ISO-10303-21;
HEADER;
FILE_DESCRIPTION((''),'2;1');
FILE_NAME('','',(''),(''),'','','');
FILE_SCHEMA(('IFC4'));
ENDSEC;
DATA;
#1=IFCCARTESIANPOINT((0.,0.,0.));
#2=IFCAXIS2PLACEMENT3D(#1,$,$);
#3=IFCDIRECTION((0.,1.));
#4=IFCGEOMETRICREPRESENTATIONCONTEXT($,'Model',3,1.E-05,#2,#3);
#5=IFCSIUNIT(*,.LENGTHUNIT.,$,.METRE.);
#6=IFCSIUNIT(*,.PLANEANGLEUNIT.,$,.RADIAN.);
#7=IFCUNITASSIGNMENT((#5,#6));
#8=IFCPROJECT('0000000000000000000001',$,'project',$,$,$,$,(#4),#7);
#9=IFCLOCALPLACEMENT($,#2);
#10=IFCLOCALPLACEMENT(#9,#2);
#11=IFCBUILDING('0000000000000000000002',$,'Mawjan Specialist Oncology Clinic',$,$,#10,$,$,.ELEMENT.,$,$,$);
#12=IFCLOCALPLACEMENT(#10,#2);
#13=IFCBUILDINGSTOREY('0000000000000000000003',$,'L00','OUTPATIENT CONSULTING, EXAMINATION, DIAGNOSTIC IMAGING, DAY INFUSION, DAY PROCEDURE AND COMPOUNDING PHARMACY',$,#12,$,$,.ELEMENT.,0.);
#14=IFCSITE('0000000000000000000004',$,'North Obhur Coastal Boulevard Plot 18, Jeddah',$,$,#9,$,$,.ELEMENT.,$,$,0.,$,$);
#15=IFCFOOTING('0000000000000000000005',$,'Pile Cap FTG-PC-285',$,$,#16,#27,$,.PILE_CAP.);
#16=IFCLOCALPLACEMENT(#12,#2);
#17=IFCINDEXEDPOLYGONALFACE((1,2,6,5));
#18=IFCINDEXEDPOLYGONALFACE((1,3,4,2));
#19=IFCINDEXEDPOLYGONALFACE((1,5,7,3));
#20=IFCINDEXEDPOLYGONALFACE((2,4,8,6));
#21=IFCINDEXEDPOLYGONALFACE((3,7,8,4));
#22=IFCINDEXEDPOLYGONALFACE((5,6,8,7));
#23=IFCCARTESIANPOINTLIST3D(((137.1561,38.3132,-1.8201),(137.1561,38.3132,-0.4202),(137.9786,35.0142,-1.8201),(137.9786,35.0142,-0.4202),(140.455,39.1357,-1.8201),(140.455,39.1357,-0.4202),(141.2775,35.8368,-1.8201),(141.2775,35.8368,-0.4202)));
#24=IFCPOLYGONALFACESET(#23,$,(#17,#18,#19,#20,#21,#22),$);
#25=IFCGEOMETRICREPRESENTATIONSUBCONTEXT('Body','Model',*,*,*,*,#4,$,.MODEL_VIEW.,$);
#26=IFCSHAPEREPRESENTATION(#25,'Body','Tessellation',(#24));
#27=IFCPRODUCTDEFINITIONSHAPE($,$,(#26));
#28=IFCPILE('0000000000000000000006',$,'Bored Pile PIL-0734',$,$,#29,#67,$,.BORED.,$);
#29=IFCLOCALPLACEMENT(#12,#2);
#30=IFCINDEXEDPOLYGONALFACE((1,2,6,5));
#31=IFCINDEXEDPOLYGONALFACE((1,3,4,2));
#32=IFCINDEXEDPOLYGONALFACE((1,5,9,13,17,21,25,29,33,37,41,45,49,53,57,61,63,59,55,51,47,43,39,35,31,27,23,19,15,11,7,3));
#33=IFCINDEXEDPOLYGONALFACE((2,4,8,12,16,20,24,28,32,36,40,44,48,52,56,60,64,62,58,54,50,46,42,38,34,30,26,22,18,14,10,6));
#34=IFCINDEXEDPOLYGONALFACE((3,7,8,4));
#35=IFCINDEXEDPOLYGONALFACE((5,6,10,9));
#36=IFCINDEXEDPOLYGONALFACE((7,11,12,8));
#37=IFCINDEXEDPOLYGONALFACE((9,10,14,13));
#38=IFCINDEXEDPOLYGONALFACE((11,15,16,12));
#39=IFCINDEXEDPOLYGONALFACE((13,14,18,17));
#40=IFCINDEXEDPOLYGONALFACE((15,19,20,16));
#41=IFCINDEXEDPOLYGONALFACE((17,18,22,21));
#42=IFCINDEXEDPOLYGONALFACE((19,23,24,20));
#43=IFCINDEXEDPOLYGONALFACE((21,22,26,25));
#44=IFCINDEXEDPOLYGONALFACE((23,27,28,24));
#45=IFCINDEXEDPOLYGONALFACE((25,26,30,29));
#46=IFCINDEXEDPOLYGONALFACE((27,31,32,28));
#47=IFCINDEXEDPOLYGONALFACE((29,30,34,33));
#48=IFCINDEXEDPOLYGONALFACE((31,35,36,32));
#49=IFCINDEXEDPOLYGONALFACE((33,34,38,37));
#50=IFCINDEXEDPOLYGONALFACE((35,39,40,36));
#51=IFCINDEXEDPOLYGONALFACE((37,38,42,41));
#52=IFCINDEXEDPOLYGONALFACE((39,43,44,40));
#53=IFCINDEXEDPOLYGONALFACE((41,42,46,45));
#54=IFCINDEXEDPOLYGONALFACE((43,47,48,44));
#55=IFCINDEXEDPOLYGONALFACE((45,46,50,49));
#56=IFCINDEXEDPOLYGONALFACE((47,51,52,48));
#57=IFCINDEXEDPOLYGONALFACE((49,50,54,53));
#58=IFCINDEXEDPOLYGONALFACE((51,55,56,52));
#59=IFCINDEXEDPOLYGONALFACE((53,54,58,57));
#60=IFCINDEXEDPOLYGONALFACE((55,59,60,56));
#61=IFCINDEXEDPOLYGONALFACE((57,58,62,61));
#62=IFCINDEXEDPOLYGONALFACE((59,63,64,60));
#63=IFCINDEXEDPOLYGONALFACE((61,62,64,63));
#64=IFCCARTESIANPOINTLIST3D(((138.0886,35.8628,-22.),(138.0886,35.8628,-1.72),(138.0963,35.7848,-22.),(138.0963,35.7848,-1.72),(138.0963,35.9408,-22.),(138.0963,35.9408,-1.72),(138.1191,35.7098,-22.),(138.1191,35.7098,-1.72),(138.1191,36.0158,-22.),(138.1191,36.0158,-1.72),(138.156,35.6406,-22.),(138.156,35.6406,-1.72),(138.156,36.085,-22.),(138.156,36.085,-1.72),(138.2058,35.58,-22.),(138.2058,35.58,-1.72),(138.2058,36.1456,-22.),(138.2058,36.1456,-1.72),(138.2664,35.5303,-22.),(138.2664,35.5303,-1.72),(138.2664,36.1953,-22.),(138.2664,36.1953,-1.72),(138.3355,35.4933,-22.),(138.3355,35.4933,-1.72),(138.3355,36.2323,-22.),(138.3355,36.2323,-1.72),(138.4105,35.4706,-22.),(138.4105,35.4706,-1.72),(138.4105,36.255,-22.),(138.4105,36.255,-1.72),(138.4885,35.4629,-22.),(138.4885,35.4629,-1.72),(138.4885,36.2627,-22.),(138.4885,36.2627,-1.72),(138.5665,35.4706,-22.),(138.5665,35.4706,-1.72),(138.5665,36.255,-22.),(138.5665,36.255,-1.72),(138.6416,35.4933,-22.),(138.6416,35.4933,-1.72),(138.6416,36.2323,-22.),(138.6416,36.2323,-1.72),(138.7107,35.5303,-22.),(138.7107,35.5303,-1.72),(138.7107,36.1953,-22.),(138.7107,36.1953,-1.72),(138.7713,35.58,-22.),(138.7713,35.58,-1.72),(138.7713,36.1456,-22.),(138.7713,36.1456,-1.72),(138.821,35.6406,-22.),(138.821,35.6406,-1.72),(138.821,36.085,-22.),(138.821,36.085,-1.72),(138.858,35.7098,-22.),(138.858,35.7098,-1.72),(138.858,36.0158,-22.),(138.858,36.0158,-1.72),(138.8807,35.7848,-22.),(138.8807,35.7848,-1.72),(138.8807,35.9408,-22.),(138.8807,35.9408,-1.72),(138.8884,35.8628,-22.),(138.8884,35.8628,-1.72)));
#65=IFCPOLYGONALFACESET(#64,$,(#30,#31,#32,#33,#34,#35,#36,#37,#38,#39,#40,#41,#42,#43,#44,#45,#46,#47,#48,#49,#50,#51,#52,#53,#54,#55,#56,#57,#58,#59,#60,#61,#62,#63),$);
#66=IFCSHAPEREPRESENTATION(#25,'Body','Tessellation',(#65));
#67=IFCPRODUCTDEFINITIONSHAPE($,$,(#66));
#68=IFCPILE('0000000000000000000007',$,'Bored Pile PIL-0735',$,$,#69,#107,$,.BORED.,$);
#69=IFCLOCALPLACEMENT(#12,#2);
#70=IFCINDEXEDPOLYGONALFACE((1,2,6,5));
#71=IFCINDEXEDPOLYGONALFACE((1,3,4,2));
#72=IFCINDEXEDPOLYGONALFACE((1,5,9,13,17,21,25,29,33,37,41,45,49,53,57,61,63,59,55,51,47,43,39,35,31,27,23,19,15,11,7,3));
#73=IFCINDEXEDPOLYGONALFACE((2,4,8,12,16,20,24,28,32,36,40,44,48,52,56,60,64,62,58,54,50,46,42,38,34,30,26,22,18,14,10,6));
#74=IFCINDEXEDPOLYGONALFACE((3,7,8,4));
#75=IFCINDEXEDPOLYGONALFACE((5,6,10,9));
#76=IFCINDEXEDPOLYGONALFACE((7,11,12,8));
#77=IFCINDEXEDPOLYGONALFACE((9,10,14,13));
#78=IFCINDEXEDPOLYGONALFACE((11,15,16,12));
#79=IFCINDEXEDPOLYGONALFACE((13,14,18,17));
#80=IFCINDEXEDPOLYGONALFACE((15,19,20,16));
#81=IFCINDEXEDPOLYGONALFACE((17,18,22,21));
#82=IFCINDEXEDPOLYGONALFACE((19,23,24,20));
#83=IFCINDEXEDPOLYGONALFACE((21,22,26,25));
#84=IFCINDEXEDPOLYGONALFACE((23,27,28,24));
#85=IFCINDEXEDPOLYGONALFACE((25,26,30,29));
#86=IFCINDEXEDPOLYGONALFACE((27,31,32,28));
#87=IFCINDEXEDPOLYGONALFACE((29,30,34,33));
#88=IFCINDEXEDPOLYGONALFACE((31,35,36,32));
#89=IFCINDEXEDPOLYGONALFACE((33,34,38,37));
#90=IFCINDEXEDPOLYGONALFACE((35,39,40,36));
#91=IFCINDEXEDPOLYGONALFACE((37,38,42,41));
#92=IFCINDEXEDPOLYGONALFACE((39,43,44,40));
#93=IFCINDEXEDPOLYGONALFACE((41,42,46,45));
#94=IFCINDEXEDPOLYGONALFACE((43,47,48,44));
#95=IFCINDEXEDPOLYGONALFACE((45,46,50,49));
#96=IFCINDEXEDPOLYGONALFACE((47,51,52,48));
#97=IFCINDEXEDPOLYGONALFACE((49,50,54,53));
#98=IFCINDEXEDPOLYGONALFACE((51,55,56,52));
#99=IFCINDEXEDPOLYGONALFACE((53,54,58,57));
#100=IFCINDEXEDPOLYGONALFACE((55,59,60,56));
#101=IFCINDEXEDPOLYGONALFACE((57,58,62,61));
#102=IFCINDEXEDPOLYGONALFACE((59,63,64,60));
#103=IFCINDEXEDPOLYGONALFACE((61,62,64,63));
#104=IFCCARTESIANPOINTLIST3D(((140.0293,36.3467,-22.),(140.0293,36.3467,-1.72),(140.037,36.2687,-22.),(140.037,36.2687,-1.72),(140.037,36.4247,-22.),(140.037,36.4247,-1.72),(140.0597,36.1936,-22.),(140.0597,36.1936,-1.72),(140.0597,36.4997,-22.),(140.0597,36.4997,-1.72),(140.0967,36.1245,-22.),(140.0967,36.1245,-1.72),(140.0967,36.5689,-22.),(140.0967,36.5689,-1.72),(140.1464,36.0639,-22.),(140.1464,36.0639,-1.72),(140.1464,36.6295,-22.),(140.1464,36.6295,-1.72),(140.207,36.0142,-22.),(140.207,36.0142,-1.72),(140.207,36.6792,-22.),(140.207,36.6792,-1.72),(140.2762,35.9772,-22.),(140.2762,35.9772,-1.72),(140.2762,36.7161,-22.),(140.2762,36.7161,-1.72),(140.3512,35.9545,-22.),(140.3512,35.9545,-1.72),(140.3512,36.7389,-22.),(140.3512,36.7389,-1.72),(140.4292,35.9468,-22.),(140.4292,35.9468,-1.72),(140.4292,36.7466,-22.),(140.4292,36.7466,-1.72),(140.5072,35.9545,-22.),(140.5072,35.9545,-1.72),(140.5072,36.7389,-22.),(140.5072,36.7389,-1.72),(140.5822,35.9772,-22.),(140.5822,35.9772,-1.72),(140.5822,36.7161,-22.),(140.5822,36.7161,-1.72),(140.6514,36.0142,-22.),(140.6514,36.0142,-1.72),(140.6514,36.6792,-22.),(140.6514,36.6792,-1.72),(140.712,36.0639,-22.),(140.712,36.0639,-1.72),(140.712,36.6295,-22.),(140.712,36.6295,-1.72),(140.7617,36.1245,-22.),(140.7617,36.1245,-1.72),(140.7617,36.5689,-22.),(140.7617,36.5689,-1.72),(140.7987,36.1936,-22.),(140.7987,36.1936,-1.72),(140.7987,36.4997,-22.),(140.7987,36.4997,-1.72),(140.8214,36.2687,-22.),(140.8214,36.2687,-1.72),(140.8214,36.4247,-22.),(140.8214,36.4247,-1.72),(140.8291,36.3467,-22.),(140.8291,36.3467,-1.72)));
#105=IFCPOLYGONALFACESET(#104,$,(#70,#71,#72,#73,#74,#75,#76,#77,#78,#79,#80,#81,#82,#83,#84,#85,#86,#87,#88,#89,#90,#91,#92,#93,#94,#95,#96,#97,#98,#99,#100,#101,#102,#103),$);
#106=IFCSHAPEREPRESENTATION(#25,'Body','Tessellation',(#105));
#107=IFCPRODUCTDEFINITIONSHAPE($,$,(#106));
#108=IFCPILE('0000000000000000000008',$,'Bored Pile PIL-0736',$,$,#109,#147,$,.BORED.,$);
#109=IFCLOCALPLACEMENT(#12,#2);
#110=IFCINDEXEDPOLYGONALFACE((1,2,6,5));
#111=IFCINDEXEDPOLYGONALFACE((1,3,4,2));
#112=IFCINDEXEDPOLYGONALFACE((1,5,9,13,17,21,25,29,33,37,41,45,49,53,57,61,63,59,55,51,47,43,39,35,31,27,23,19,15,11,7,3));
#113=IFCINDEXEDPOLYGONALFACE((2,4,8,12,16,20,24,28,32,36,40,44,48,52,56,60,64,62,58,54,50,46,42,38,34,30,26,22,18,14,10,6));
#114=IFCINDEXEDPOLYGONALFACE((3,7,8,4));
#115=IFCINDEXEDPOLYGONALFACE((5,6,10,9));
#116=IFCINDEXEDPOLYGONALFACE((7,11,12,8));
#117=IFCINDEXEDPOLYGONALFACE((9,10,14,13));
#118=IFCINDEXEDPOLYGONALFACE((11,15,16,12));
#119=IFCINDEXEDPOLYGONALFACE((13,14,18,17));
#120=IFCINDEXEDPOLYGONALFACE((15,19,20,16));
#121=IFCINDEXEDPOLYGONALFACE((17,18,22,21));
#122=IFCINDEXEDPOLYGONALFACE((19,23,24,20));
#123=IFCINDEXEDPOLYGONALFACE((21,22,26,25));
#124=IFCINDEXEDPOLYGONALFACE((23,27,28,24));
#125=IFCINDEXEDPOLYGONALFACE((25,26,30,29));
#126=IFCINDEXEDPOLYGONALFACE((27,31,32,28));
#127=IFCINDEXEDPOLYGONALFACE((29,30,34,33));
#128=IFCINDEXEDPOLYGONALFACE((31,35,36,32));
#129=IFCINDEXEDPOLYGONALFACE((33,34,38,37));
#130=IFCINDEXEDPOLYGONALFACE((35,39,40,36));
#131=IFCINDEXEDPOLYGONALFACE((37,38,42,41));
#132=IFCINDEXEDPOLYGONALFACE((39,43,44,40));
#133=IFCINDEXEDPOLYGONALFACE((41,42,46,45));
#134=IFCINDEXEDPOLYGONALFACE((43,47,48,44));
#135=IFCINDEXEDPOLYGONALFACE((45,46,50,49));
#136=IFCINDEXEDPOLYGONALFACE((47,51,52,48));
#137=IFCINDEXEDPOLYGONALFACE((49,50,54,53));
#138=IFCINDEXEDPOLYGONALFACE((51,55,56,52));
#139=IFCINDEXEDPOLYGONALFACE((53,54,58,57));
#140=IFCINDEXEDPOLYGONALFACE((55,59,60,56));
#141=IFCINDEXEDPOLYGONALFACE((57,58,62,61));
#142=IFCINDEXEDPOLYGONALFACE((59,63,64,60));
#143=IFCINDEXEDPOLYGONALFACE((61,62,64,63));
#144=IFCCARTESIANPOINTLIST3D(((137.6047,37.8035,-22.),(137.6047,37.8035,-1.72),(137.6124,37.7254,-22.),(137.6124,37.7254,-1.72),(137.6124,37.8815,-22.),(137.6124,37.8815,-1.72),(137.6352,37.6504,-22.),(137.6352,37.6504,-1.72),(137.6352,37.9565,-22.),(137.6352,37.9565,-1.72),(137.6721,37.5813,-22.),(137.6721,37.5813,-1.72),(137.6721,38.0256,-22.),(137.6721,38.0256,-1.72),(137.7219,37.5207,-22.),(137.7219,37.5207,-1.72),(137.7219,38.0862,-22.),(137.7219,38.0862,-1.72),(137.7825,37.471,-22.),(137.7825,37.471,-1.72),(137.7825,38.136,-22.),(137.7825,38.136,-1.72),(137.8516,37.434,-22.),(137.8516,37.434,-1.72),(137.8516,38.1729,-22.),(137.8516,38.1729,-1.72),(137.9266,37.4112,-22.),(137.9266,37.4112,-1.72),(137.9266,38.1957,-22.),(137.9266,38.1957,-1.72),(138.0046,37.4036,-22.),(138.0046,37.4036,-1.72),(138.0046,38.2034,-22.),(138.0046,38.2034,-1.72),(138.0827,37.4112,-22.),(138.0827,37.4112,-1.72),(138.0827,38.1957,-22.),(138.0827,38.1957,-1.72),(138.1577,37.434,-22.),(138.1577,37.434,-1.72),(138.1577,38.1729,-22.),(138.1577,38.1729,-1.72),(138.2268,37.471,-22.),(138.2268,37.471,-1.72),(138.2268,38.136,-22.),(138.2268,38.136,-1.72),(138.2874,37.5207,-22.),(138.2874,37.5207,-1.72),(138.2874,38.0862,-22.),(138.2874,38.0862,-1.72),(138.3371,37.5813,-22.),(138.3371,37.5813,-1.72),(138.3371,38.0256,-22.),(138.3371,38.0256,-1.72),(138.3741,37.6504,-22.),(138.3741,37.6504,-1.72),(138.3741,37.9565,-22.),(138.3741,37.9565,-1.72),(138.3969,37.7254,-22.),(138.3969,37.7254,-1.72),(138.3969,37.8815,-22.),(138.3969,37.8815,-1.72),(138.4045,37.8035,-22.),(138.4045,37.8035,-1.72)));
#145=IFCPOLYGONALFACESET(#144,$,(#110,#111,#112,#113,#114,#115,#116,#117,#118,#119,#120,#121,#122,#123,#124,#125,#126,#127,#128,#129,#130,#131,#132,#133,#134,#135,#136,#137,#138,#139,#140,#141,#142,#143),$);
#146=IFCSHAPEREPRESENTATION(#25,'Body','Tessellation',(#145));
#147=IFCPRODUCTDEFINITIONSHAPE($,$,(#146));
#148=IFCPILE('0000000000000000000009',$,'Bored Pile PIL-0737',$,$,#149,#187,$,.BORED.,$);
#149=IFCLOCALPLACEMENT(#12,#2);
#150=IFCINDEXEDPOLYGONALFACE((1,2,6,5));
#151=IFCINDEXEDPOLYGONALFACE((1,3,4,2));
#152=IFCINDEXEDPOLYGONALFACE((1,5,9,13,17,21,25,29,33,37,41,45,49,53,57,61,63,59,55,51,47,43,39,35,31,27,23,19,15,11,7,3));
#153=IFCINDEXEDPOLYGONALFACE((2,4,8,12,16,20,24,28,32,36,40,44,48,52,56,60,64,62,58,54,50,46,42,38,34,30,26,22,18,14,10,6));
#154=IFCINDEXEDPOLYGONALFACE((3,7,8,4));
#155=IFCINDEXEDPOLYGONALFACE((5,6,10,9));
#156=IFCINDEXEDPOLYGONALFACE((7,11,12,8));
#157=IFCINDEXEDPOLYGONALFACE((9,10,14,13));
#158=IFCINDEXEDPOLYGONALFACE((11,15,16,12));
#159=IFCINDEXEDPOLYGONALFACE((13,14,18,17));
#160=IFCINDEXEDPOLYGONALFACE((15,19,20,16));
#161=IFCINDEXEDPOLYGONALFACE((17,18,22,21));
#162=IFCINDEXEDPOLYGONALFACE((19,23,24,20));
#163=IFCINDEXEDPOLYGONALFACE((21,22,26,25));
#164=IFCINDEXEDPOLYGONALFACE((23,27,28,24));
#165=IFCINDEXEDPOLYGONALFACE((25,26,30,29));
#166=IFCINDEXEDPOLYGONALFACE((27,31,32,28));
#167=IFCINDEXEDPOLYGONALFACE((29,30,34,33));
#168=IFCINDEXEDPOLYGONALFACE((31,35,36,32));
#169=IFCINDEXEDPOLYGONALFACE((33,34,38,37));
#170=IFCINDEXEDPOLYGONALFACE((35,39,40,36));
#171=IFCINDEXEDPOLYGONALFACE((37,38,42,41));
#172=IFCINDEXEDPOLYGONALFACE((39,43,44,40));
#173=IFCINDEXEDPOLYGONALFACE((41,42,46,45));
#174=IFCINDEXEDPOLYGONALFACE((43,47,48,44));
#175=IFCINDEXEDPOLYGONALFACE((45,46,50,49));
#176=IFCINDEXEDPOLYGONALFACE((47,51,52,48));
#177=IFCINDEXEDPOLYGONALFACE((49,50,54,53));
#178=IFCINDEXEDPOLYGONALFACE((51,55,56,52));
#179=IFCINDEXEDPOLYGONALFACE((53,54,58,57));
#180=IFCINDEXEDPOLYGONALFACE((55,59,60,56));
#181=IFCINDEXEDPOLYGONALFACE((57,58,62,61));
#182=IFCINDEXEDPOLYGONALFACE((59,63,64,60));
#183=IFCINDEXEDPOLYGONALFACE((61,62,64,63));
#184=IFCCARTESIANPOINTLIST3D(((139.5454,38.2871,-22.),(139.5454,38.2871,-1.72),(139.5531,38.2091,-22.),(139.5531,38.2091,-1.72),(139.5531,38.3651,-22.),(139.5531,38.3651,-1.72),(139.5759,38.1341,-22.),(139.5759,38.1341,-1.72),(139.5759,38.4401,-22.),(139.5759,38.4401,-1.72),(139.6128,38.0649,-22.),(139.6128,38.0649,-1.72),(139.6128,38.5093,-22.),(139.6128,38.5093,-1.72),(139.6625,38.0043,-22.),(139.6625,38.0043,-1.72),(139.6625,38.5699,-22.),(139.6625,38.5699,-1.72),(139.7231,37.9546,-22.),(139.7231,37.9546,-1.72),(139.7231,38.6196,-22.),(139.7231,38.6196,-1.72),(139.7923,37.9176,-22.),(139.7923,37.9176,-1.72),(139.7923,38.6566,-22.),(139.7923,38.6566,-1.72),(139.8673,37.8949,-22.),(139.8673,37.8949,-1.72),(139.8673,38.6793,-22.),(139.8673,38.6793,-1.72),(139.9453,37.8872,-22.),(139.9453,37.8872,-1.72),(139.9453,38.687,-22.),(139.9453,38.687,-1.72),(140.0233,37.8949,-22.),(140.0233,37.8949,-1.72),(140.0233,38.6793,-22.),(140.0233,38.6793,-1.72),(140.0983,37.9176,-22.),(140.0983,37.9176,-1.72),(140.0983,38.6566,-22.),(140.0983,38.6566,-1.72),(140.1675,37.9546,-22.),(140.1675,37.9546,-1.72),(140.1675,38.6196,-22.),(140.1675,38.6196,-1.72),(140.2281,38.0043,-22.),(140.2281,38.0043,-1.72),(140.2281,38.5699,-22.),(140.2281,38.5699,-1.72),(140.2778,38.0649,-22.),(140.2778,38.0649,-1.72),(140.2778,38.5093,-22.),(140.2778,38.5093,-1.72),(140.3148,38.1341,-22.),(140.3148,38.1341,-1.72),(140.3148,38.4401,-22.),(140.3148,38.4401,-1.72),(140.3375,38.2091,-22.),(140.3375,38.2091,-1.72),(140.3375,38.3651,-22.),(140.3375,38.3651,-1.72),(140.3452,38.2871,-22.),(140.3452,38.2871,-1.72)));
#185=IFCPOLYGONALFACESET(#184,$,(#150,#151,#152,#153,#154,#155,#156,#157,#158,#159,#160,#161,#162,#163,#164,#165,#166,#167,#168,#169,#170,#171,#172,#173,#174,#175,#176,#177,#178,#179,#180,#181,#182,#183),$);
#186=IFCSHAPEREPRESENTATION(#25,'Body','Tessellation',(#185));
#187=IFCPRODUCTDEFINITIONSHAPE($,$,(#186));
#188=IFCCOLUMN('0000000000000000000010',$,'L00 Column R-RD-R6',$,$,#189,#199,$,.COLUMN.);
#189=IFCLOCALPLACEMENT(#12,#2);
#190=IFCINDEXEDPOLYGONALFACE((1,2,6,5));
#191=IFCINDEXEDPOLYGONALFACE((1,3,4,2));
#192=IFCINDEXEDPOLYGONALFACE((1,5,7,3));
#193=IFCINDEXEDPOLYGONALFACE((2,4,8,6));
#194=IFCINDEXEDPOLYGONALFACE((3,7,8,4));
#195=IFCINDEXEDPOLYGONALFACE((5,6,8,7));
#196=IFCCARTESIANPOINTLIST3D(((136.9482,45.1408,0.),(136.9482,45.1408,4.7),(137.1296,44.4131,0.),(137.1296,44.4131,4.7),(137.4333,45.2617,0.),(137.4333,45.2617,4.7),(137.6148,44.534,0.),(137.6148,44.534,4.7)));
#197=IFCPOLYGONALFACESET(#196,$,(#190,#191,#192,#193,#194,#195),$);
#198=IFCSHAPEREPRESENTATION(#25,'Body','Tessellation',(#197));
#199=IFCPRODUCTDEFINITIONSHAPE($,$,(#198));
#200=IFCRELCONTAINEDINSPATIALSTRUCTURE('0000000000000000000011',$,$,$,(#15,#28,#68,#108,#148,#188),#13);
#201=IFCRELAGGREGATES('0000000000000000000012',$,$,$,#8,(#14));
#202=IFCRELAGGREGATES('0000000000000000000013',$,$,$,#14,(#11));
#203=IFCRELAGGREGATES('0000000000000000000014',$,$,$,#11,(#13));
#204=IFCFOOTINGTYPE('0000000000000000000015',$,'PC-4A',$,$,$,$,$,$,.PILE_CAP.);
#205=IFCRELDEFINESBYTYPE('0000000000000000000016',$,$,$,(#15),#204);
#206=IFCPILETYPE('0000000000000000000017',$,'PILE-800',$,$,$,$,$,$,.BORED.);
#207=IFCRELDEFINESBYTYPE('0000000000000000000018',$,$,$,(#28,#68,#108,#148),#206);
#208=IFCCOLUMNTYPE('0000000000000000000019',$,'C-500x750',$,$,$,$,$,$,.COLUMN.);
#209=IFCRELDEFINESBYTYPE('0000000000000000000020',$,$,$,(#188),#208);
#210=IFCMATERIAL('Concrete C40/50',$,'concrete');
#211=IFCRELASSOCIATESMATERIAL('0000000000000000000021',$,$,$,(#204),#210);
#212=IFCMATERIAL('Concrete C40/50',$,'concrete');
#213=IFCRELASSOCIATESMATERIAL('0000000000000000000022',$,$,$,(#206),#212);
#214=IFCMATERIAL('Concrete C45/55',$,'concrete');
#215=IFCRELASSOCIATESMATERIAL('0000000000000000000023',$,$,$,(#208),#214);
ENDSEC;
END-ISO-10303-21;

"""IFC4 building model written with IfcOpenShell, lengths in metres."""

from ifc_helpers import new_model, si_unit, direction, frame, origin, origin_2d, place, context, subcontext, project, spatial, rectangle, circle, extrude, material, material_profile, profile_set, type_object, element, save


model = new_model("IFC4")

# Units and contexts
model_context = context("Model", 3, precision=1e-05, world=origin(), true_north=direction((0.0, 1.0)))
body_context = subcontext(model_context, "Body", "Model", "MODEL_VIEW")
ifc_project = project(units=[si_unit("LENGTHUNIT", "METRE"), si_unit("PLANEANGLEUNIT", "RADIAN")], contexts=[model_context])

# Site, building, storey
site_placement = place(None, origin())
site = spatial("IfcSite", under=ifc_project, at=site_placement, Name="North Obhur Coastal Boulevard Plot 18, Jeddah", CompositionType="ELEMENT", RefElevation=0.0)
building_placement = place(site_placement, origin())
building = spatial("IfcBuilding", under=site, at=building_placement, Name="Mawjan Specialist Oncology Clinic", CompositionType="ELEMENT")
storey_placement = place(building_placement, origin())
storey = spatial("IfcBuildingStorey", under=building, at=storey_placement, Name="L00", Description="OUTPATIENT CONSULTING, EXAMINATION, DIAGNOSTIC IMAGING, DAY INFUSION, DAY PROCEDURE AND COMPOUNDING PHARMACY", CompositionType="ELEMENT", Elevation=0.0)

# Footing
ifc_material_1 = material(Name="Concrete C40/50", Category="concrete")
footing_type = type_object("IfcFootingType", Name="PC-4A", PredefinedType="PILE_CAP", material=ifc_material_1)
footing_placement = place(storey_placement, frame((139.2168, 37.075, -1.8201), z_axis=(0.0, 0.0, 1.0), x_axis=(0.970296, 0.241922, 0.0)))
element("IfcFooting", 1, at=footing_placement, inside=storey, type_object=footing_type, Name="Pile Cap FTG-PC-285", PredefinedType="PILE_CAP", context=body_context, shape_type="SweptSolid", body=[
    extrude(rectangle(XDim=3.3999, YDim=3.3999, at=origin_2d()), origin(), (0.0, 0.0, 1.0), 1.3999),
])

# Piles
ifc_material_2 = material(Name="Concrete C40/50", Category="concrete")
ifc_material_profile_1 = material_profile(ifc_material_2, circle(Radius=0.3999, at=origin_2d()), Name="BORED PILE D800", Category="concrete")
ifc_profile_set_1 = profile_set([ifc_material_profile_1], Name="Concrete C40/50")
pile_type = type_object("IfcPileType", Name="PILE-800", PredefinedType="BORED", material=ifc_profile_set_1)
for number, where, z_axis, x_axis, name in (
    (2, (138.4885, 35.8628, -1.72), (0.0, 0.0, -1.0), (1.0, 0.0, 0.0), "Bored Pile PIL-0734"),
    (3, (140.4292, 36.3467, -1.72), (0.0, 0.0, -1.0), (1.0, 0.0, 0.0), "Bored Pile PIL-0735"),
    (4, (138.0046, 37.8035, -1.72), (0.0, 0.0, -1.0), (1.0, 0.0, 0.0), "Bored Pile PIL-0736"),
    (5, (139.9453, 38.2871, -1.72), (0.0, 0.0, -1.0), (1.0, 0.0, 0.0), "Bored Pile PIL-0737"),
):
    element("IfcPile", number, at=place(storey_placement, frame(where, z_axis=z_axis, x_axis=x_axis)), inside=storey, type_object=pile_type, Name=name, PredefinedType="BORED", context=body_context, shape_type="SweptSolid", body=[
        extrude(circle(Radius=0.3999, at=origin_2d()), origin(), (0.0, 0.0, 1.0), 20.28),
    ])

# Column
ifc_material_3 = material(Name="Concrete C45/55", Category="concrete")
ifc_material_profile_2 = material_profile(ifc_material_3, rectangle(XDim=0.5, YDim=0.75, at=origin_2d()), Name="RC COL 500x750", Category="concrete")
ifc_profile_set_2 = profile_set([ifc_material_profile_2], Name="Concrete C45/55")
column_type_1 = type_object("IfcColumnType", Name="C-500x750", PredefinedType="COLUMN", material=ifc_profile_set_2)
column_1_placement = place(storey_placement, frame((137.2815, 44.8374, 0.0), z_axis=(0.0, 0.0, 1.0), x_axis=(0.970296, 0.241922, 0.0)))
element("IfcColumn", 6, at=column_1_placement, inside=storey, type_object=column_type_1, Name="L00 Column R-RD-R6", PredefinedType="COLUMN", context=body_context, shape_type="SweptSolid", body=[
    extrude(rectangle(XDim=0.5, YDim=0.75, at=origin_2d()), origin(), (0.0, 0.0, 1.0), 4.7),
])

save(model, "model.ifc")
